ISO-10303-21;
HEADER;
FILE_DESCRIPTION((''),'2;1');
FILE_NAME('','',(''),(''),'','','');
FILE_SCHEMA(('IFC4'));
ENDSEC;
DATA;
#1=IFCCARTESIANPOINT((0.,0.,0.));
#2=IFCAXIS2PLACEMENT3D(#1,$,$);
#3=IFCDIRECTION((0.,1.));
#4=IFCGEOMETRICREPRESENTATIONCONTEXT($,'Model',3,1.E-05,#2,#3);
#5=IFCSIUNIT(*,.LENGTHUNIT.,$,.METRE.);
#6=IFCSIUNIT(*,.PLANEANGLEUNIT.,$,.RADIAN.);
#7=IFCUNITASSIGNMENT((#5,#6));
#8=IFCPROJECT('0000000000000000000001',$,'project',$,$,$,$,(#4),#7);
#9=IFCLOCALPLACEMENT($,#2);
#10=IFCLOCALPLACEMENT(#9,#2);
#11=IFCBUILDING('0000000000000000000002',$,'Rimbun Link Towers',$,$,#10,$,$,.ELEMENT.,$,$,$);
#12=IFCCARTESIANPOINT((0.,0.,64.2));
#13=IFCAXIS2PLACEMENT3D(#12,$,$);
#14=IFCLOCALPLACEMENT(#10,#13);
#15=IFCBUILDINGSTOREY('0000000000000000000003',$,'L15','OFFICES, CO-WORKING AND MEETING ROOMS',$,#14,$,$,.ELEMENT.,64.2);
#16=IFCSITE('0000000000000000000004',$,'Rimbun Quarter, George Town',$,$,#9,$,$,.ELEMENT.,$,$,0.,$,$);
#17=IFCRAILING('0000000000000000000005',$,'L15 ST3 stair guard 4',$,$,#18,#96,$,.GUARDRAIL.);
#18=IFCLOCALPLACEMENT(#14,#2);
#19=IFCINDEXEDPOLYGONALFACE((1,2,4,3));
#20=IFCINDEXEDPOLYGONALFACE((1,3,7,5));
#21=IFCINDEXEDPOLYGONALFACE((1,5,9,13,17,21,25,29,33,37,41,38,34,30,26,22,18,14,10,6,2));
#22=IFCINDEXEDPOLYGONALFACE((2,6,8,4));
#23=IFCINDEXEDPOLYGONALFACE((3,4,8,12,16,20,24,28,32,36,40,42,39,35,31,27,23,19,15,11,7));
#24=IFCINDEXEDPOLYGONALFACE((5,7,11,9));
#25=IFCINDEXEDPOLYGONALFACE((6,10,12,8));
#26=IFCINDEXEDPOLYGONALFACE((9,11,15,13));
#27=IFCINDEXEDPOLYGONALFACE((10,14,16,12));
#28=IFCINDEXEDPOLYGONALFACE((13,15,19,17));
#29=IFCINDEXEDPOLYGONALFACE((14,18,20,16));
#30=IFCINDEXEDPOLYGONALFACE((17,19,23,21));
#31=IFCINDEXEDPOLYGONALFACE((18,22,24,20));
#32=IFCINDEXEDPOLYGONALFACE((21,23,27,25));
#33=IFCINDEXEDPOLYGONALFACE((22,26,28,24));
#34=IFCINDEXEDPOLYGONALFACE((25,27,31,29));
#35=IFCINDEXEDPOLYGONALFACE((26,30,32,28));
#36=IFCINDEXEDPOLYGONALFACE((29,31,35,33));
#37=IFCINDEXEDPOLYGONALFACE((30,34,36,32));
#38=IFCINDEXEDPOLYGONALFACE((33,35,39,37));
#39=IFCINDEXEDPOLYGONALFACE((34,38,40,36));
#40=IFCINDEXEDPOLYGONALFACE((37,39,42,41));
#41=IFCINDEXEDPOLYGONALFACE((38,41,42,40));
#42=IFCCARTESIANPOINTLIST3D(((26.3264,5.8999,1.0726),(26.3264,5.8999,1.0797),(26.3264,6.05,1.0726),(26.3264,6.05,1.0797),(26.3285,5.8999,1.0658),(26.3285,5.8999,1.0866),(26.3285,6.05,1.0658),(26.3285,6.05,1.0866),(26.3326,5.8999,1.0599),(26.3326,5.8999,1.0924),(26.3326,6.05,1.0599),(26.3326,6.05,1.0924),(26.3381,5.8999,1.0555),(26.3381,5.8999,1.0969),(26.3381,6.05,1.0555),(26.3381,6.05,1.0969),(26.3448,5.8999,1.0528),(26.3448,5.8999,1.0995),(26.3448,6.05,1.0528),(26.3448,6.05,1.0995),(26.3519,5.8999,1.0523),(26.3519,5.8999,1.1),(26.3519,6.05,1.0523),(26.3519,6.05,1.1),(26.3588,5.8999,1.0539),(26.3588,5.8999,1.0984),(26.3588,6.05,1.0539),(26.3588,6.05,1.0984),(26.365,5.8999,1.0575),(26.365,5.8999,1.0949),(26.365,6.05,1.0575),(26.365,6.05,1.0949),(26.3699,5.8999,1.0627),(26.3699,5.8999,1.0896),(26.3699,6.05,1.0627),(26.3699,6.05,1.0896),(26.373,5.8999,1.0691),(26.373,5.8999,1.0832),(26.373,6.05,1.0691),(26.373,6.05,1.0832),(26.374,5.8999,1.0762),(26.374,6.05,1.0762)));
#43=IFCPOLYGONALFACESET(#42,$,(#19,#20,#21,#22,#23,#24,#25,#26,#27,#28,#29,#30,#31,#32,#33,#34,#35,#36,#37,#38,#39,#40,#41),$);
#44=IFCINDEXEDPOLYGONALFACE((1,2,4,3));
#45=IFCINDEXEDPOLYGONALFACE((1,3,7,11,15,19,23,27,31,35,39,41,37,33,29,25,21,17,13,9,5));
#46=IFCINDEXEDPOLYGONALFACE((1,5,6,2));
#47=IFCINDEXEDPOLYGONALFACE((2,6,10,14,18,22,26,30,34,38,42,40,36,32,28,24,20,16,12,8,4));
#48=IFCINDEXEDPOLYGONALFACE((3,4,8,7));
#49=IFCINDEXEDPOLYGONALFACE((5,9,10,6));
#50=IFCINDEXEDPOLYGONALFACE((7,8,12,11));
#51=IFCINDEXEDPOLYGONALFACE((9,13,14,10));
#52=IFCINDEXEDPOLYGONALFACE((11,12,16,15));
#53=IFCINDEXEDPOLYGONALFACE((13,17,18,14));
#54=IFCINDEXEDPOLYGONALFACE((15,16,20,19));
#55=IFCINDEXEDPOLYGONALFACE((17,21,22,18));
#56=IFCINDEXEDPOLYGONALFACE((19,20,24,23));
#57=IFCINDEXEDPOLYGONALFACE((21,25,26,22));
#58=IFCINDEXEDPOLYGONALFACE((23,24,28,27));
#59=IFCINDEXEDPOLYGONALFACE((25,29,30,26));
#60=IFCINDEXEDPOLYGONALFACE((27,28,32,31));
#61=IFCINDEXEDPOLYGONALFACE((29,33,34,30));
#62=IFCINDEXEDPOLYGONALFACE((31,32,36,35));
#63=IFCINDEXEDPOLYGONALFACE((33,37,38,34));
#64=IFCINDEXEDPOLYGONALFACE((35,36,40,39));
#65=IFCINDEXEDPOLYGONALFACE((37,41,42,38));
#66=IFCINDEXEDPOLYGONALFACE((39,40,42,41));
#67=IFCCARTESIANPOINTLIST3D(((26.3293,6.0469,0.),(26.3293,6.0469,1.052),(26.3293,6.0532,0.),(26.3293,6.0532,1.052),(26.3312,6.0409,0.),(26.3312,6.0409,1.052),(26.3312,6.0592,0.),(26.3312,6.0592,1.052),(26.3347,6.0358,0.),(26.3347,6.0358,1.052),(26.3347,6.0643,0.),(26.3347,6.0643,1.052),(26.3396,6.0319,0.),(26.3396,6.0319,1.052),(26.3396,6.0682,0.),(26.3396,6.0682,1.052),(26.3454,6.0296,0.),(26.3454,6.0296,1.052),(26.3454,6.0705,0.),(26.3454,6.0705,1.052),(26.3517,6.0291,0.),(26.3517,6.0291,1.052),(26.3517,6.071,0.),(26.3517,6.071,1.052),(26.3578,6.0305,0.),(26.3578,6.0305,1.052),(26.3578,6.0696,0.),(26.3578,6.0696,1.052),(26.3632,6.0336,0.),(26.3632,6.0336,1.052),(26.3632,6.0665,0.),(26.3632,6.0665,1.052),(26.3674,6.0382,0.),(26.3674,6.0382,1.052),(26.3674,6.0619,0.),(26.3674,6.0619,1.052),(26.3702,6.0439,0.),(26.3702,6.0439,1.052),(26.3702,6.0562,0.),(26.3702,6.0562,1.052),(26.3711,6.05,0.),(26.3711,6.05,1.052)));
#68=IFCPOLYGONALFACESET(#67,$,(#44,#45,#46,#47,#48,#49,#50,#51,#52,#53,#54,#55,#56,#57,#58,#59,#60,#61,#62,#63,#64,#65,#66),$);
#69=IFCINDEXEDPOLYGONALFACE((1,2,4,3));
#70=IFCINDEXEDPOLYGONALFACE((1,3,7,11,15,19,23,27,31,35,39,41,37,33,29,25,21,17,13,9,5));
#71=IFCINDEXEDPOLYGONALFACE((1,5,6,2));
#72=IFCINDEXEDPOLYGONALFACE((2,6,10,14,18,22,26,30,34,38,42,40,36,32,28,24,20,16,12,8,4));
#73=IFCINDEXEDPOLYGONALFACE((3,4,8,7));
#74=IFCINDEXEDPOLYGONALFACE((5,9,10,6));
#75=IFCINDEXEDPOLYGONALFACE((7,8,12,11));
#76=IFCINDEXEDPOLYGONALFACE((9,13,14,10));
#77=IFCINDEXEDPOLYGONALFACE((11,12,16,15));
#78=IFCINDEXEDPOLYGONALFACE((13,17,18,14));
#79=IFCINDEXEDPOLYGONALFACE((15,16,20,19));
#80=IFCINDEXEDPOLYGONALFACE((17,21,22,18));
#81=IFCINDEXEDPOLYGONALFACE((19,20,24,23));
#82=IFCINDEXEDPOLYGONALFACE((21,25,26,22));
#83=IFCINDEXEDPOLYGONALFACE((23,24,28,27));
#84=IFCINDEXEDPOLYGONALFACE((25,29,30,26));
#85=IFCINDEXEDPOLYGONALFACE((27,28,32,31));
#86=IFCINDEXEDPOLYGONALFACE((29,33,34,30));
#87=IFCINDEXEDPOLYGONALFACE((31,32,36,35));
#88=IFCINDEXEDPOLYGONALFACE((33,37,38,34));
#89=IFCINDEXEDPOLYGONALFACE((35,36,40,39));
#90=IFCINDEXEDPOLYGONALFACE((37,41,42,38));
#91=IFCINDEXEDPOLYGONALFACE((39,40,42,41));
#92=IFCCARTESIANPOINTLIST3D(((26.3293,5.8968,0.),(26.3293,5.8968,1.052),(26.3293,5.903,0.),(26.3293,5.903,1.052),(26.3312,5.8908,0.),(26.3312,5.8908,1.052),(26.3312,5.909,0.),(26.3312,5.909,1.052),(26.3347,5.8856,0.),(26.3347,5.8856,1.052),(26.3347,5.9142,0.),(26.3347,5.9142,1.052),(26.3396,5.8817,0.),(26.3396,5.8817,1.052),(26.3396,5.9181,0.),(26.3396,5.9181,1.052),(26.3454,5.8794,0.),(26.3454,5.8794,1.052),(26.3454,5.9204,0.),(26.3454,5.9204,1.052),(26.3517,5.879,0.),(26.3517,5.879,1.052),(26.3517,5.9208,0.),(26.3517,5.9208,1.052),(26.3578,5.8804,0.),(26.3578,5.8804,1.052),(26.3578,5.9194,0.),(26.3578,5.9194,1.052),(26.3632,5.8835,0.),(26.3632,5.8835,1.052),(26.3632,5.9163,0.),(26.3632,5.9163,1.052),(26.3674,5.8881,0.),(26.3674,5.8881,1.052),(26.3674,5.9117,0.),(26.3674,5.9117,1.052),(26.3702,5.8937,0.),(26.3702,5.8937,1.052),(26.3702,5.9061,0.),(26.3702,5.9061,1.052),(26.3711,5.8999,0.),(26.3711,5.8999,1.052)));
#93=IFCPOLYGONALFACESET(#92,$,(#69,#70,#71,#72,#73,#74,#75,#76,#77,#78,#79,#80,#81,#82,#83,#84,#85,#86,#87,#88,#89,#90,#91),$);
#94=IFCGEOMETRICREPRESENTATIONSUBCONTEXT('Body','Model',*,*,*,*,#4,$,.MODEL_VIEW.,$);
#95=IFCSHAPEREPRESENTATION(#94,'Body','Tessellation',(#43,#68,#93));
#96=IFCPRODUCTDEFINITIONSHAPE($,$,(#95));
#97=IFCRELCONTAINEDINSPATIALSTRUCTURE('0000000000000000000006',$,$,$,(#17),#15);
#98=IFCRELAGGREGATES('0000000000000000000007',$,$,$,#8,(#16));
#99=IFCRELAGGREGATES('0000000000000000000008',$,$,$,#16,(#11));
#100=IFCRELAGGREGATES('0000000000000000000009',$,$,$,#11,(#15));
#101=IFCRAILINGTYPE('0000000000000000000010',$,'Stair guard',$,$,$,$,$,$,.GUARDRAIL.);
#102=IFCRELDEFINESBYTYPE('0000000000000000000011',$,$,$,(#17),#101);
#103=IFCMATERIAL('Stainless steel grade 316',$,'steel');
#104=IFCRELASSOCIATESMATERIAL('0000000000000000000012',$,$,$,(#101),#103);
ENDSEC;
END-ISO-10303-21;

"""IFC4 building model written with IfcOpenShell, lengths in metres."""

from ifc_helpers import new_model, si_unit, direction, frame, origin, origin_2d, place, context, subcontext, project, spatial, circle, extrude, material, type_object, element, save


model = new_model("IFC4")

# Units and contexts
model_context = context("Model", 3, precision=1e-05, world=origin(), true_north=direction((0.0, 1.0)))
body_context = subcontext(model_context, "Body", "Model", "MODEL_VIEW")
ifc_project = project(units=[si_unit("LENGTHUNIT", "METRE"), si_unit("PLANEANGLEUNIT", "RADIAN")], contexts=[model_context])

# Site, building, storey
site_placement = place(None, origin())
site = spatial("IfcSite", under=ifc_project, at=site_placement, Name="Rimbun Quarter, George Town", CompositionType="ELEMENT", RefElevation=0.0)
building_placement = place(site_placement, origin())
building = spatial("IfcBuilding", under=site, at=building_placement, Name="Rimbun Link Towers", CompositionType="ELEMENT")
storey_placement = place(building_placement, frame((0.0, 0.0, 64.2)))
storey = spatial("IfcBuildingStorey", under=building, at=storey_placement, Name="L15", Description="OFFICES, CO-WORKING AND MEETING ROOMS", CompositionType="ELEMENT", Elevation=64.2)

# Railing
ifc_material_1 = material(Name="Stainless steel grade 316", Category="steel")
railing_type_1 = type_object("IfcRailingType", Name="Stair guard", PredefinedType="GUARDRAIL", material=ifc_material_1)
railing_1_placement = place(storey_placement, frame((26.3501, 6.05, 0.0)))
element("IfcRailing", 1, at=railing_1_placement, inside=storey, type_object=railing_type_1, Name="L15 ST3 stair guard 4", PredefinedType="GUARDRAIL", context=body_context, shape_type="SweptSolid", body=[
    extrude(circle(Radius=0.0239, at=origin_2d()), frame((0.0, 0.0, 1.0762), z_axis=(0.0, -1.0, 0.0), x_axis=(1.0, 0.0, 0.0)), (0.0, 0.0, 1.0), 0.1501),
    extrude(circle(Radius=0.021, at=origin_2d()), origin(), (0.0, 0.0, 1.0), 1.052),
    extrude(circle(Radius=0.021, at=origin_2d()), frame((0.0, -0.1501, 0.0)), (0.0, 0.0, 1.0), 1.052),
])

save(model, "model.ifc")
